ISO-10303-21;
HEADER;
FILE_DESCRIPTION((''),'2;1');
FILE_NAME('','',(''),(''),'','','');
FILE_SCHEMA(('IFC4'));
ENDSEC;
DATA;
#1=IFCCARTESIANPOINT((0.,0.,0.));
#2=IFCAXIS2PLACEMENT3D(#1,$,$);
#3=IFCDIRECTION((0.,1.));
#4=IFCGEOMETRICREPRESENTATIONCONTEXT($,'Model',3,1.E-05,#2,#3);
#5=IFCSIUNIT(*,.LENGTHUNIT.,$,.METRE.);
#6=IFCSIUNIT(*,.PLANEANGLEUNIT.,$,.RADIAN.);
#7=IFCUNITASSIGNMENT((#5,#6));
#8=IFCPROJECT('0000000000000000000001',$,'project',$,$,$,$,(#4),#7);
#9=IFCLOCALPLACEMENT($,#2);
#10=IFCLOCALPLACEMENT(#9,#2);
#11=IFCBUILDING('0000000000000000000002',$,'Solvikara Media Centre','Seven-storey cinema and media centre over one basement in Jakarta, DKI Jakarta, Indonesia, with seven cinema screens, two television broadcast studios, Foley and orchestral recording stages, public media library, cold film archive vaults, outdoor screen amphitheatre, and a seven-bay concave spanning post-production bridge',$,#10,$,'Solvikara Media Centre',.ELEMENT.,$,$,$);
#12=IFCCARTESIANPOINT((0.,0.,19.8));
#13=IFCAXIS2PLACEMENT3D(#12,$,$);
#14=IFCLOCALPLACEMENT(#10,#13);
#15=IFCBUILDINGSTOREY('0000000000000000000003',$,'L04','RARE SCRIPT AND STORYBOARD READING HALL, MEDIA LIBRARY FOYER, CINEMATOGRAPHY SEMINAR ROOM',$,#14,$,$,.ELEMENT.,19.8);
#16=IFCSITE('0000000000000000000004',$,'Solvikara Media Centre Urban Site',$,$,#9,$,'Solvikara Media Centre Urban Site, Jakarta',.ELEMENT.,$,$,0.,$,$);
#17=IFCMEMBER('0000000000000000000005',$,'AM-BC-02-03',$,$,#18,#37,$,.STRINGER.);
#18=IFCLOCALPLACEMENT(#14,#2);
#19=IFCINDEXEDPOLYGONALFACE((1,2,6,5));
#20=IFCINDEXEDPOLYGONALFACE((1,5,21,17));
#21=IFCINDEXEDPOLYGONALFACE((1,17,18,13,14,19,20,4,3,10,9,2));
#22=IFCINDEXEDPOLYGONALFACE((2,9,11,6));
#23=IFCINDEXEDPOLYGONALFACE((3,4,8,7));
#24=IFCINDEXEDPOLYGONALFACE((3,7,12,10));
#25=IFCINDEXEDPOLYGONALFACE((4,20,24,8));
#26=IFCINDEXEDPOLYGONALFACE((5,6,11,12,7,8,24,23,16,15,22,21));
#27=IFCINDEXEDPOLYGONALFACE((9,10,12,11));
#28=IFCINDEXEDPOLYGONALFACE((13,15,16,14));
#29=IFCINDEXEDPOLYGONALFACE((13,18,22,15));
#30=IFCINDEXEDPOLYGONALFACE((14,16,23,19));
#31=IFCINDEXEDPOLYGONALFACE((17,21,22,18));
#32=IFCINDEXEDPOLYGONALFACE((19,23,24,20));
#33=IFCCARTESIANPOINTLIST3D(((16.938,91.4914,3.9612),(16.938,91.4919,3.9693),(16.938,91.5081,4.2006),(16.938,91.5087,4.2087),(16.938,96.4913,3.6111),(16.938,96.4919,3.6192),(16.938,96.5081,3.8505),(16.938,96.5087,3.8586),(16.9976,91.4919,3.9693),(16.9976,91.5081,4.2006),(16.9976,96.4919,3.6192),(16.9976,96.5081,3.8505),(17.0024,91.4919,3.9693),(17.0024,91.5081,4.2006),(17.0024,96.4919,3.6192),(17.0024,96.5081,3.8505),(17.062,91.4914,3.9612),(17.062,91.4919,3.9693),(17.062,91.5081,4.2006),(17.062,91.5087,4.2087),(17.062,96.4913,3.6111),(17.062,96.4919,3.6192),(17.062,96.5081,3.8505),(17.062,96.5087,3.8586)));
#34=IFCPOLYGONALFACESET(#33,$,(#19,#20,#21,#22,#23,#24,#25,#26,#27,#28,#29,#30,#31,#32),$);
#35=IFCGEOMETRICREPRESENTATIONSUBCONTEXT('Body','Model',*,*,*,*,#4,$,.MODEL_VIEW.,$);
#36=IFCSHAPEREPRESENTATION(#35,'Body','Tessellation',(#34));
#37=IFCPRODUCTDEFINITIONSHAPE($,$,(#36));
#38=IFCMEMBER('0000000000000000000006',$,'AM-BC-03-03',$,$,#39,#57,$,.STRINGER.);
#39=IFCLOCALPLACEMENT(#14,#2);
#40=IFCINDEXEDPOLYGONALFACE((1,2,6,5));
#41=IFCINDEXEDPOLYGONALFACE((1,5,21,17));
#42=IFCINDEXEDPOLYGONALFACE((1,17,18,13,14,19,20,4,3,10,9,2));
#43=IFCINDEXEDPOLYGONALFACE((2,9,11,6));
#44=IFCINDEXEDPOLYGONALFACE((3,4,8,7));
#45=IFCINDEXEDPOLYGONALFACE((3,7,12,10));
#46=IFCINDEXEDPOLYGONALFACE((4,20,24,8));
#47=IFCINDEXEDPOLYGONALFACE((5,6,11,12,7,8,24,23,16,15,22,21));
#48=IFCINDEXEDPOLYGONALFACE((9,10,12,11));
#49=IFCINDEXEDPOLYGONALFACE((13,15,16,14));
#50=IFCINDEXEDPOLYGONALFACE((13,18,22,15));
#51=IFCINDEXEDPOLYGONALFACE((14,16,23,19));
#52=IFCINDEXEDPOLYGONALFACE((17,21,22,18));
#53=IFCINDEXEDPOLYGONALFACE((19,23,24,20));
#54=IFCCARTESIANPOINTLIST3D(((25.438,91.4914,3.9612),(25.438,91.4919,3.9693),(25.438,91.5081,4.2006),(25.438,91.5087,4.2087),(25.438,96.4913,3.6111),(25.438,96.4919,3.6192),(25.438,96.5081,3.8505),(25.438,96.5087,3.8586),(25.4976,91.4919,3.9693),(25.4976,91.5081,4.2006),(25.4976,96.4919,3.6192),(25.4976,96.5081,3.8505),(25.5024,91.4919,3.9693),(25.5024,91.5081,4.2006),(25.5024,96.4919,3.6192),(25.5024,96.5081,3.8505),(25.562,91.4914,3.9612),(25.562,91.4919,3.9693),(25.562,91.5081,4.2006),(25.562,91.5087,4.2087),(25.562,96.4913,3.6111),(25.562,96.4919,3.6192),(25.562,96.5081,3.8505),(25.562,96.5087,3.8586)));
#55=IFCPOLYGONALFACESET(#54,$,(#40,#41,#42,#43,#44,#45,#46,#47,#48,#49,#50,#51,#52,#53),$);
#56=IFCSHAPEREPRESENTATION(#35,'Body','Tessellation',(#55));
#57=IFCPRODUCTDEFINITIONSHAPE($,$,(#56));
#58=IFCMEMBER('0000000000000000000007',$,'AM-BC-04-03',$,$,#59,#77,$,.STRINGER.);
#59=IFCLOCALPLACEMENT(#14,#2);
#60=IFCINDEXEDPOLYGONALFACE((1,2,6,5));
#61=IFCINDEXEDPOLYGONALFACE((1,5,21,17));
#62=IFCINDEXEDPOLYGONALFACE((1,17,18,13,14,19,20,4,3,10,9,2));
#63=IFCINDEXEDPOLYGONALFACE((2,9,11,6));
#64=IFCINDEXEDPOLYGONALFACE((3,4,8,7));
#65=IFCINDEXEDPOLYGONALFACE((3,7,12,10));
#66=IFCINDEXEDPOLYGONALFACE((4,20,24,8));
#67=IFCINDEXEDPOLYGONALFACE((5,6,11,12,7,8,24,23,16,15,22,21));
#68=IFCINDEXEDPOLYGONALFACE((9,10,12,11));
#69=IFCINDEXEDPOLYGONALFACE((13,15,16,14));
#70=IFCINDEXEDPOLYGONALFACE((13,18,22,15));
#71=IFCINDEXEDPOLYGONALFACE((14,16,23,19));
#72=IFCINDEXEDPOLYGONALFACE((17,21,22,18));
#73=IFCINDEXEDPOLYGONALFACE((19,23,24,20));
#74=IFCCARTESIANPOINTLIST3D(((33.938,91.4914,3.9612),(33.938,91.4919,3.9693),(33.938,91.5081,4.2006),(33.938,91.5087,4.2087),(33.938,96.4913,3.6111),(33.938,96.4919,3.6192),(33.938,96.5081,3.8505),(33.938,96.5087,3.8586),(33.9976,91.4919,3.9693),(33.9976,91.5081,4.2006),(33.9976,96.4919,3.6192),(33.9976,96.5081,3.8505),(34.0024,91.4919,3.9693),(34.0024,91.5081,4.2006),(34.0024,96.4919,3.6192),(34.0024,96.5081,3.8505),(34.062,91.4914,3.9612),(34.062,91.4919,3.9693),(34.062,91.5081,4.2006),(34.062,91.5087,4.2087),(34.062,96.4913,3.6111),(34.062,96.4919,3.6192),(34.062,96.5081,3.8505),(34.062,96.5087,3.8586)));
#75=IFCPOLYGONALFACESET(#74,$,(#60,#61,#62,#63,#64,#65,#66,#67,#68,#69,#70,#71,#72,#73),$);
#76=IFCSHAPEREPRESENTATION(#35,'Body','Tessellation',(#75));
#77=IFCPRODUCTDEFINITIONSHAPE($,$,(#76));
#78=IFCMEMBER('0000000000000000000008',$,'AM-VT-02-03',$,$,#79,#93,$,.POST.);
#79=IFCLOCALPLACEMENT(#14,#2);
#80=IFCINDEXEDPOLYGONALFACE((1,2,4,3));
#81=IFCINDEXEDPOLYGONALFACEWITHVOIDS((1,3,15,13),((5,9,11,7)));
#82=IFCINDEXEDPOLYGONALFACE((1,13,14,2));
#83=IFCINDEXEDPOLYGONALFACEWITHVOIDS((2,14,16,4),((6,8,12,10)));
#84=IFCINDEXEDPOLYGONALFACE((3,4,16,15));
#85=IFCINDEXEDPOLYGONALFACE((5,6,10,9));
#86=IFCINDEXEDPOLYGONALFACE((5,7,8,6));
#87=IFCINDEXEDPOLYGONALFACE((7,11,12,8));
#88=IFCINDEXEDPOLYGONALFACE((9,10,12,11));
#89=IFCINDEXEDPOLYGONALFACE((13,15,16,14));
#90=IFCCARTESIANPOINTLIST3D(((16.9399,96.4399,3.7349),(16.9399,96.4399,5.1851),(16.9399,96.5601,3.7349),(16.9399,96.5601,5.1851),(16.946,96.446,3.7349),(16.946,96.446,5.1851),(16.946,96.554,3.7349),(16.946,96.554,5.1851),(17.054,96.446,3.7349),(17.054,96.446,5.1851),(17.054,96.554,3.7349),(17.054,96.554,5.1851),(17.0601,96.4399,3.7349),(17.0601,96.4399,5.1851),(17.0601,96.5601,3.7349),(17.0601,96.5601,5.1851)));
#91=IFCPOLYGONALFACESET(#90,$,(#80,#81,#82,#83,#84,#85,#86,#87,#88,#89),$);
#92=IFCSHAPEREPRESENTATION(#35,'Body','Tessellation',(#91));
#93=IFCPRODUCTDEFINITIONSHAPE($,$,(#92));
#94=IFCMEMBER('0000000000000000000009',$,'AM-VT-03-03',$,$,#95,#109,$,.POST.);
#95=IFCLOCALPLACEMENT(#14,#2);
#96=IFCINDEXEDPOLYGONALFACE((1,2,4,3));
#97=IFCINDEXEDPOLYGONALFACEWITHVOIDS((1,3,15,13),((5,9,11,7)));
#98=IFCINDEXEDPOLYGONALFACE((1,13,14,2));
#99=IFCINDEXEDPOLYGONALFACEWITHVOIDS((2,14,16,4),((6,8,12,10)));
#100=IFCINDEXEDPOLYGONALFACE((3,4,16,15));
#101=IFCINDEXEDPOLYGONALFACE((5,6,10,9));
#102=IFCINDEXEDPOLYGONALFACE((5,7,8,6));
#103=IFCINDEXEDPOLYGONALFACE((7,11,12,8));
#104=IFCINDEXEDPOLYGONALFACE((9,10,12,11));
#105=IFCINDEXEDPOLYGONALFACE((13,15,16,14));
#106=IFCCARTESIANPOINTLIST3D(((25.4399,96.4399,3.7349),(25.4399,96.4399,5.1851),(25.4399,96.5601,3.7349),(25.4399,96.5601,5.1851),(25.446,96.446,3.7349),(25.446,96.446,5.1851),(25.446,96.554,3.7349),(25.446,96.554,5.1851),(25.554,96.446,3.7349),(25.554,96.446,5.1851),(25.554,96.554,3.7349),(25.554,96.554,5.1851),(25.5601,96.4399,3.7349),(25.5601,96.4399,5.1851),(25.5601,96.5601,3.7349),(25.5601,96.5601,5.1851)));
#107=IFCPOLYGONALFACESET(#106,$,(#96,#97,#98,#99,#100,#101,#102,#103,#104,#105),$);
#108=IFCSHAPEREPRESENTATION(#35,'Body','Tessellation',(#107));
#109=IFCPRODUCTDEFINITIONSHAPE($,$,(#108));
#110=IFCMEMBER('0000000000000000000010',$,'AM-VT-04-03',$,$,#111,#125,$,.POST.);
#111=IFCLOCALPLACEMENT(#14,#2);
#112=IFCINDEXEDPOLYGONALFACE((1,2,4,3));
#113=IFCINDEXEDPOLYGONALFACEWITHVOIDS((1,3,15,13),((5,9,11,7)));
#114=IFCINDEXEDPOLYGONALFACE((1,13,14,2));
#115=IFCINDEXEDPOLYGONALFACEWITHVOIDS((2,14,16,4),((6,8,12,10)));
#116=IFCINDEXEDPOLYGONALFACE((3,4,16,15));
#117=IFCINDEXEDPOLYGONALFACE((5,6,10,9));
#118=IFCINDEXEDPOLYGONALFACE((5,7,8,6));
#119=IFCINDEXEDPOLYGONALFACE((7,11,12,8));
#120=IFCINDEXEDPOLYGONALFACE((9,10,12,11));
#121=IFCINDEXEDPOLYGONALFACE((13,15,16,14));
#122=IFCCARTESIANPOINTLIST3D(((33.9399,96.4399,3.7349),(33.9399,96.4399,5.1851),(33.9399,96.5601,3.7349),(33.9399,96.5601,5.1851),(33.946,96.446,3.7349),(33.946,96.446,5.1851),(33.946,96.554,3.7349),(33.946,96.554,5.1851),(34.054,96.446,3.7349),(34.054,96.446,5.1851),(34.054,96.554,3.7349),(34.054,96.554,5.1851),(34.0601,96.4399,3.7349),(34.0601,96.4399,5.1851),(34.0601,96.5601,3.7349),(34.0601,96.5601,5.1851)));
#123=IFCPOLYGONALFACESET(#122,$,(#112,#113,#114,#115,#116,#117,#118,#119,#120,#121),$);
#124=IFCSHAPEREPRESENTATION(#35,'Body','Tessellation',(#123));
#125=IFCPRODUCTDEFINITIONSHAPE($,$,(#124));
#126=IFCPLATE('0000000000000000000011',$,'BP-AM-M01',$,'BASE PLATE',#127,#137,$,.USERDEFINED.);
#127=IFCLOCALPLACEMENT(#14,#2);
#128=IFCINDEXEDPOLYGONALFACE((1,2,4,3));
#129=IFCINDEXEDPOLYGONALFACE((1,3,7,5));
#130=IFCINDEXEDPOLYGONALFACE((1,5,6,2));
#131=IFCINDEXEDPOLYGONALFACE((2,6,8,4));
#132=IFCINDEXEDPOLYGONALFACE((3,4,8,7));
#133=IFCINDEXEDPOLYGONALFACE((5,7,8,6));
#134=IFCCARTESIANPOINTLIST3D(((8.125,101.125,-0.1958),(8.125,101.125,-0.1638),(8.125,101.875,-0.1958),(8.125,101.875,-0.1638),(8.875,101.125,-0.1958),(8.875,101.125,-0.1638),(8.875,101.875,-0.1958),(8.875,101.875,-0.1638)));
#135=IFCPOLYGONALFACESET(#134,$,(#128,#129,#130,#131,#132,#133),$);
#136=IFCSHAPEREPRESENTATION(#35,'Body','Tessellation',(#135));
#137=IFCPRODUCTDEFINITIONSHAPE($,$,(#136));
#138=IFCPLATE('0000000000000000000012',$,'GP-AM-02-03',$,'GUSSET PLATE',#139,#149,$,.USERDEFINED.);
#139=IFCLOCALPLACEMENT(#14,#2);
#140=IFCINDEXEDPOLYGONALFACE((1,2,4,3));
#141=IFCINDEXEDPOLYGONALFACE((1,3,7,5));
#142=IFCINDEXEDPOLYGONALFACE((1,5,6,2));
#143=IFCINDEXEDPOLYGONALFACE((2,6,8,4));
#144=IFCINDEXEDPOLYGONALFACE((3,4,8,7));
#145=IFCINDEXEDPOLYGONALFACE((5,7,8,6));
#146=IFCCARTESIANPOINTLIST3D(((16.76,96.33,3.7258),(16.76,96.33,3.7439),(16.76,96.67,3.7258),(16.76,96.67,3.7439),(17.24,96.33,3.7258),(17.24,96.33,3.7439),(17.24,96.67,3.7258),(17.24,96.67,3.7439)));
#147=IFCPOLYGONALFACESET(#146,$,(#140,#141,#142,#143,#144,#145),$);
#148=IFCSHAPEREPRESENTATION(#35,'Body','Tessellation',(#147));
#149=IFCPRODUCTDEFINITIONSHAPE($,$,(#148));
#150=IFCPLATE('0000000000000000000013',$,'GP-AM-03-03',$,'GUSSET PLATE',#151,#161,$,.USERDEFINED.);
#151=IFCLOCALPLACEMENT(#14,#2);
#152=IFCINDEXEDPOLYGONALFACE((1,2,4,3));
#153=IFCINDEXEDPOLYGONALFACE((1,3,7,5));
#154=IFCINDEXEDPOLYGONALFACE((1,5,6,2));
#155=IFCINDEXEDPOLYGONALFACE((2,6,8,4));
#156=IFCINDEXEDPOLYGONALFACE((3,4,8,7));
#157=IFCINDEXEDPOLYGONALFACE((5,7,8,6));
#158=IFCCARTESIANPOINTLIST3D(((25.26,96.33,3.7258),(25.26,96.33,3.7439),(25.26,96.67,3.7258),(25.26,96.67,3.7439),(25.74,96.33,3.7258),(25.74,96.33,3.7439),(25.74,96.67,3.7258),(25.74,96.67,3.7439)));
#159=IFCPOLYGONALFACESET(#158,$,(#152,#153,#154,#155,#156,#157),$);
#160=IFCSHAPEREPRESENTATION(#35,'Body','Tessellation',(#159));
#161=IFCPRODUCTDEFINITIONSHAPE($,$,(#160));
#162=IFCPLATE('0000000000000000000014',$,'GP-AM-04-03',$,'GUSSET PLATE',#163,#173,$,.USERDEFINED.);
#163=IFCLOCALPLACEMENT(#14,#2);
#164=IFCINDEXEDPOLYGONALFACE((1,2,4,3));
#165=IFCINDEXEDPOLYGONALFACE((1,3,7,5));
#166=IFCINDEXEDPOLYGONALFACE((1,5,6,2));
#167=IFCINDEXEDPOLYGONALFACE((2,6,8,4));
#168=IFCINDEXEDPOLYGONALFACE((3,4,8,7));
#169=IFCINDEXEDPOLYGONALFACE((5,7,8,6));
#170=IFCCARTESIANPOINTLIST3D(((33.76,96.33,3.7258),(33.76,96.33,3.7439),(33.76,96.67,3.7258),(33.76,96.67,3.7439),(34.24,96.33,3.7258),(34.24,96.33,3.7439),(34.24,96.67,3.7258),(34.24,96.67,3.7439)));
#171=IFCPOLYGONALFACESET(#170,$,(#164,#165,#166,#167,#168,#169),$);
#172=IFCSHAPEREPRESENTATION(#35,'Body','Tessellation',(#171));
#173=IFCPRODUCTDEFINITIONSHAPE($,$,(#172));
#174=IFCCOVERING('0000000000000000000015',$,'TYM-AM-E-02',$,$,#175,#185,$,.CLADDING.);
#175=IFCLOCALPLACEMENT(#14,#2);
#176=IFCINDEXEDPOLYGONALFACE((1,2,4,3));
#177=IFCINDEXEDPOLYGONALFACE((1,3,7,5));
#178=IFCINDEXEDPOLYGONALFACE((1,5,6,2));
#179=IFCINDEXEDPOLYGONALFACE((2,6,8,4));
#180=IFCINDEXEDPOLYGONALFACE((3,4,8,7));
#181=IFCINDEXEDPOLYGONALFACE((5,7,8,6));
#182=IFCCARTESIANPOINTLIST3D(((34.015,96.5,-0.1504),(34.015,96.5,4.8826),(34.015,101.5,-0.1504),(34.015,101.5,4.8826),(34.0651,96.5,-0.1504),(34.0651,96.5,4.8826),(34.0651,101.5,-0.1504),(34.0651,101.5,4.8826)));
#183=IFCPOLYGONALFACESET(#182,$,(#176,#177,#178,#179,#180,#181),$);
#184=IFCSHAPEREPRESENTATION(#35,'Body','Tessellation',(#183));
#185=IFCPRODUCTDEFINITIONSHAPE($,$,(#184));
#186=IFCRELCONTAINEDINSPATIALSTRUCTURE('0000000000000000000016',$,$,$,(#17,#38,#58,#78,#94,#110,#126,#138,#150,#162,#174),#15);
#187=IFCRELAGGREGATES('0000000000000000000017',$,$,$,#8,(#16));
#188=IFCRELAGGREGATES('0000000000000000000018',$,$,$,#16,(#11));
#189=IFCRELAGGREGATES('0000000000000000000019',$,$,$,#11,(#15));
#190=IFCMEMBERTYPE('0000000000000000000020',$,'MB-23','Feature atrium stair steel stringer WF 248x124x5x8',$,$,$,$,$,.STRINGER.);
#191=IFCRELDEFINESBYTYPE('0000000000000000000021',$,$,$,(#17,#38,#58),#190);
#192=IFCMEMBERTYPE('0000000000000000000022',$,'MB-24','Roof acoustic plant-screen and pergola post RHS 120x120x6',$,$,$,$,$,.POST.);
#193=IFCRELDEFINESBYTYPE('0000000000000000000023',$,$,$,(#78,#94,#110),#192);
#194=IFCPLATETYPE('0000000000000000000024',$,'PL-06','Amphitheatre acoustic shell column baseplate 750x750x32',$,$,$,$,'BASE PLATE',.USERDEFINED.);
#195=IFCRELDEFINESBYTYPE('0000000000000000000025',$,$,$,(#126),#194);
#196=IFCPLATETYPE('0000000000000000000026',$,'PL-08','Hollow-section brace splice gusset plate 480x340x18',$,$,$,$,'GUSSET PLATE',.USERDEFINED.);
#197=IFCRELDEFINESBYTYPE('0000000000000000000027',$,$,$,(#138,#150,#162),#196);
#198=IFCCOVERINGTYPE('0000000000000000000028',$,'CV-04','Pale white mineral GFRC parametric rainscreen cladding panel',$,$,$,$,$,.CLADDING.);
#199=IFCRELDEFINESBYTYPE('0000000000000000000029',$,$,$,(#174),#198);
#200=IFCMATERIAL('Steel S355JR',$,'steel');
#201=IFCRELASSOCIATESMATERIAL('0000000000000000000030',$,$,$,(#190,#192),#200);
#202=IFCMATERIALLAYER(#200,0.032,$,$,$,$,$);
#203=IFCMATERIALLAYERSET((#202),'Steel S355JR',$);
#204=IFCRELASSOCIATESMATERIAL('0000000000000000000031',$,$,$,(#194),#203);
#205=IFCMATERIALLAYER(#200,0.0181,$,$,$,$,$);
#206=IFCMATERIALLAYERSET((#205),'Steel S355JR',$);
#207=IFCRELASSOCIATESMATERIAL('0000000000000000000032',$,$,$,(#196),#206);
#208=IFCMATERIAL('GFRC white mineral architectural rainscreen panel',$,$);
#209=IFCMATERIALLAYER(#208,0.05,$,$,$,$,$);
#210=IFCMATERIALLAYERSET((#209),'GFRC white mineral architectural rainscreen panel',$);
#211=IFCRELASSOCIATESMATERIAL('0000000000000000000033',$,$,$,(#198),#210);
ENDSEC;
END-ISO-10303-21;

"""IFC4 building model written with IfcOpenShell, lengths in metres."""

from ifc_helpers import new_model, si_unit, direction, frame, origin, origin_2d, place, context, subcontext, project, spatial, rectangle, hollow_rectangle, i_section, extrude, material, layer, layer_set, material_profile, profile_set, type_object, element, save


model = new_model("IFC4")

# Units and contexts
model_context = context("Model", 3, precision=1e-05, world=origin(), true_north=direction((0.0, 1.0)))
body_context = subcontext(model_context, "Body", "Model", "MODEL_VIEW")
ifc_project = project(units=[si_unit("LENGTHUNIT", "METRE"), si_unit("PLANEANGLEUNIT", "RADIAN")], contexts=[model_context])

# Site, building, storey
site_placement = place(None, origin())
site = spatial("IfcSite", under=ifc_project, at=site_placement, Name="Solvikara Media Centre Urban Site", LongName="Solvikara Media Centre Urban Site, Jakarta", CompositionType="ELEMENT", RefElevation=0.0)
building_placement = place(site_placement, origin())
building = spatial("IfcBuilding", under=site, at=building_placement, Name="Solvikara Media Centre", Description="Seven-storey cinema and media centre over one basement in Jakarta, DKI Jakarta, Indonesia, with seven cinema screens, two television broadcast studios, Foley and orchestral recording stages, public media library, cold film archive vaults, outdoor screen amphitheatre, and a seven-bay concave spanning post-production bridge", LongName="Solvikara Media Centre", CompositionType="ELEMENT")
storey_placement = place(building_placement, frame((0.0, 0.0, 19.8)))
storey = spatial("IfcBuildingStorey", under=building, at=storey_placement, Name="L04", Description="RARE SCRIPT AND STORYBOARD READING HALL, MEDIA LIBRARY FOYER, CINEMATOGRAPHY SEMINAR ROOM", CompositionType="ELEMENT", Elevation=19.8)

# Shared definitions
ifc_material_1 = material(Name="Steel S355JR", Category="steel")

# Members
ifc_material_profile_1 = material_profile(ifc_material_1, i_section(OverallWidth=0.124, OverallDepth=0.248, WebThickness=0.0049, FlangeThickness=0.0081, at=origin_2d()), Name="WF 248x124x5x8")
ifc_profile_set_1 = profile_set([ifc_material_profile_1], Name="Steel S355JR")
member_type_1 = type_object("IfcMemberType", Name="MB-23", Description="Feature atrium stair steel stringer WF 248x124x5x8", PredefinedType="STRINGER", material=ifc_profile_set_1)
for number, where, z_axis, x_axis, name in (
    (1, (17.0, 96.5, 3.7349), (0.0, -0.997558, 0.069849), (1.0, 0.0, 0.0), "AM-BC-02-03"),
    (2, (25.5, 96.5, 3.7349), (0.0, -0.997558, 0.069849), (1.0, 0.0, 0.0), "AM-BC-03-03"),
    (3, (34.0, 96.5, 3.7349), (0.0, -0.997558, 0.069849), (1.0, 0.0, 0.0), "AM-BC-04-03"),
):
    element("IfcMember", number, at=place(storey_placement, frame(where, z_axis=z_axis, x_axis=x_axis)), inside=storey, type_object=member_type_1, Name=name, PredefinedType="STRINGER", context=body_context, shape_type="SweptSolid", body=[
        extrude(i_section(OverallWidth=0.124, OverallDepth=0.248, WebThickness=0.0049, FlangeThickness=0.0081, at=origin_2d()), origin(), (0.0, 0.0, 1.0), 5.0122),
    ])
ifc_material_profile_2 = material_profile(ifc_material_1, hollow_rectangle(XDim=0.1201, YDim=0.1201, WallThickness=0.0061, at=origin_2d()), Name="RHS 120x120x6")
ifc_profile_set_2 = profile_set([ifc_material_profile_2], Name="Steel S355JR")
member_type_2 = type_object("IfcMemberType", Name="MB-24", Description="Roof acoustic plant-screen and pergola post RHS 120x120x6", PredefinedType="POST", material=ifc_profile_set_2)
for number, where, z_axis, x_axis, name in (
    (4, (17.0, 96.5, 3.7349), (0.0, 0.0, 1.0), (1.0, 0.0, 0.0), "AM-VT-02-03"),
    (5, (25.5, 96.5, 3.7349), (0.0, 0.0, 1.0), (1.0, 0.0, 0.0), "AM-VT-03-03"),
    (6, (34.0, 96.5, 3.7349), (0.0, 0.0, 1.0), (1.0, 0.0, 0.0), "AM-VT-04-03"),
):
    element("IfcMember", number, at=place(storey_placement, frame(where, z_axis=z_axis, x_axis=x_axis)), inside=storey, type_object=member_type_2, Name=name, PredefinedType="POST", context=body_context, shape_type="SweptSolid", body=[
        extrude(hollow_rectangle(XDim=0.1201, YDim=0.1201, WallThickness=0.0061, at=origin_2d()), origin(), (0.0, 0.0, 1.0), 1.4502),
    ])

# Plates
ifc_layer_1 = layer(ifc_material_1, 0.032)
ifc_layer_set_1 = layer_set([ifc_layer_1], Name="Steel S355JR")
plate_type_1 = type_object("IfcPlateType", Name="PL-06", Description="Amphitheatre acoustic shell column baseplate 750x750x32", ElementType="BASE PLATE", PredefinedType="USERDEFINED", material=ifc_layer_set_1)
plate_placement = place(storey_placement, frame((8.5, 101.5, -0.1958), z_axis=(0.0, 0.0, 1.0), x_axis=(1.0, 0.0, 0.0)))
element("IfcPlate", 7, at=plate_placement, inside=storey, type_object=plate_type_1, Name="BP-AM-M01", ObjectType="BASE PLATE", PredefinedType="USERDEFINED", context=body_context, shape_type="SweptSolid", body=[
    extrude(rectangle(XDim=0.75, YDim=0.75, at=origin_2d()), origin(), (0.0, 0.0, 1.0), 0.032),
])
ifc_layer_2 = layer(ifc_material_1, 0.0181)
ifc_layer_set_2 = layer_set([ifc_layer_2], Name="Steel S355JR")
plate_type_2 = type_object("IfcPlateType", Name="PL-08", Description="Hollow-section brace splice gusset plate 480x340x18", ElementType="GUSSET PLATE", PredefinedType="USERDEFINED", material=ifc_layer_set_2)
for number, where, z_axis, x_axis, name in (
    (8, (17.0, 96.5, 3.7258), (0.0, 0.0, 1.0), (1.0, 0.0, 0.0), "GP-AM-02-03"),
    (9, (25.5, 96.5, 3.7258), (0.0, 0.0, 1.0), (1.0, 0.0, 0.0), "GP-AM-03-03"),
    (10, (34.0, 96.5, 3.7258), (0.0, 0.0, 1.0), (1.0, 0.0, 0.0), "GP-AM-04-03"),
):
    element("IfcPlate", number, at=place(storey_placement, frame(where, z_axis=z_axis, x_axis=x_axis)), inside=storey, type_object=plate_type_2, Name=name, ObjectType="GUSSET PLATE", PredefinedType="USERDEFINED", context=body_context, shape_type="SweptSolid", body=[
        extrude(rectangle(XDim=0.48, YDim=0.3401, at=origin_2d()), origin(), (0.0, 0.0, 1.0), 0.0181),
    ])

# Covering
ifc_material_2 = material(Name="GFRC white mineral architectural rainscreen panel")
ifc_layer_3 = layer(ifc_material_2, 0.05)
ifc_layer_set_3 = layer_set([ifc_layer_3], Name="GFRC white mineral architectural rainscreen panel")
covering_type = type_object("IfcCoveringType", Name="CV-04", Description="Pale white mineral GFRC parametric rainscreen cladding panel", PredefinedType="CLADDING", material=ifc_layer_set_3)
covering_placement = place(storey_placement, frame((34.04, 99.0, -0.1504), z_axis=(0.0, 0.0, 1.0), x_axis=(0.0, -1.0, 0.0)))
element("IfcCovering", 11, at=covering_placement, inside=storey, type_object=covering_type, Name="TYM-AM-E-02", PredefinedType="CLADDING", context=body_context, shape_type="SweptSolid", body=[
    extrude(rectangle(XDim=5.0, YDim=0.05, at=origin_2d()), origin(), (0.0, 0.0, 1.0), 5.033),
])

save(model, "model.ifc")
